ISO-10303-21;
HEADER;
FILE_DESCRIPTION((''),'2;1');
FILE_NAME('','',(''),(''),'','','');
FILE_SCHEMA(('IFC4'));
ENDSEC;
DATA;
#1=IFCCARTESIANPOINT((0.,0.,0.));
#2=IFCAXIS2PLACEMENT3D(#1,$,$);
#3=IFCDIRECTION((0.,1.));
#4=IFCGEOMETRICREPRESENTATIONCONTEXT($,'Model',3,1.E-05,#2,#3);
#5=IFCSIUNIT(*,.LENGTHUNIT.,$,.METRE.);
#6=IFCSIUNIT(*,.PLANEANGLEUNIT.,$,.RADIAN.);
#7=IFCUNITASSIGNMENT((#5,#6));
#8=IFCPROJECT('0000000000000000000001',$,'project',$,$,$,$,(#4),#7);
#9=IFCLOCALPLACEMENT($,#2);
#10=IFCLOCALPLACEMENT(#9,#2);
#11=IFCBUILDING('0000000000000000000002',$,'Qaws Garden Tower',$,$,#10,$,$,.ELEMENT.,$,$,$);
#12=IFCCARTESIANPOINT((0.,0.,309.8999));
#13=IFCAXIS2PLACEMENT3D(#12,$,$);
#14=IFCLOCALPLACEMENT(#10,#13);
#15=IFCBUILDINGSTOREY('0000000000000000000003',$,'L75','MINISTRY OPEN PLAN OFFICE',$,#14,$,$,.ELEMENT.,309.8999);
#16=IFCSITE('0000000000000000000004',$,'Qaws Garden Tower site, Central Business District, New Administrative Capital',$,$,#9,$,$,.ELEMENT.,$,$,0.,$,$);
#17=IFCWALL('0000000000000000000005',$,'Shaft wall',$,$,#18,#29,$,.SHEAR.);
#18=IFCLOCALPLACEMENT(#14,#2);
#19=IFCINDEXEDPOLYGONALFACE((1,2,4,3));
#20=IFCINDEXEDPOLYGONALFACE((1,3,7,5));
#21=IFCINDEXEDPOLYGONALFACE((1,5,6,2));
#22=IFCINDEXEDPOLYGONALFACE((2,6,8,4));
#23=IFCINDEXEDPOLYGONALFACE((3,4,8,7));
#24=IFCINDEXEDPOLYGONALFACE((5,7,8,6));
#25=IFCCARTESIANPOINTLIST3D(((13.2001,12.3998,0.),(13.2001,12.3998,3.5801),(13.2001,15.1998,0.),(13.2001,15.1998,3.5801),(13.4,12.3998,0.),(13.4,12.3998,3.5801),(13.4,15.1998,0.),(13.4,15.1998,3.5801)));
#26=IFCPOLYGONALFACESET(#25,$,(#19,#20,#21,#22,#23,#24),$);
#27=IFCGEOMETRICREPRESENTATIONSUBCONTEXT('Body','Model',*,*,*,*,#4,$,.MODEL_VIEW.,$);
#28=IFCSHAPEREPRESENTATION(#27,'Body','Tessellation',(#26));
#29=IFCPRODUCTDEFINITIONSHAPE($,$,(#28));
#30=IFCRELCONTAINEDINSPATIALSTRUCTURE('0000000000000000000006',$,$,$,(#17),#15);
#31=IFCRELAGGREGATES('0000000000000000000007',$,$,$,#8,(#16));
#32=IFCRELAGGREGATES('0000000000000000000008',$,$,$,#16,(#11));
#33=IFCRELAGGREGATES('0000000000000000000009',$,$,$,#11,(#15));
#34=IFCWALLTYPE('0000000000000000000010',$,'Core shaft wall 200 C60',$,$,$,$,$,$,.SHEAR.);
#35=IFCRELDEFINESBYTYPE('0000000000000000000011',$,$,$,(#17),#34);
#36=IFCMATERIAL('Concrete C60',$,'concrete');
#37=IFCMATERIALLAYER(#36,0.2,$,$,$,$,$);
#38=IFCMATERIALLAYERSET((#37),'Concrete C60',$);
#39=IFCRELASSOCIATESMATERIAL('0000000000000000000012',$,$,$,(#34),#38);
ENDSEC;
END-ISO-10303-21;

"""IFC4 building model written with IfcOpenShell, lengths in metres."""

from ifc_helpers import new_model, si_unit, direction, frame, frame_2d, origin, place, context, subcontext, project, spatial, rectangle, extrude, material, layer, layer_set, type_object, element, save


model = new_model("IFC4")

# Units and contexts
model_context = context("Model", 3, precision=1e-05, world=origin(), true_north=direction((0.0, 1.0)))
body_context = subcontext(model_context, "Body", "Model", "MODEL_VIEW")
ifc_project = project(units=[si_unit("LENGTHUNIT", "METRE"), si_unit("PLANEANGLEUNIT", "RADIAN")], contexts=[model_context])

# Site, building, storey
site_placement = place(None, origin())
site = spatial("IfcSite", under=ifc_project, at=site_placement, Name="Qaws Garden Tower site, Central Business District, New Administrative Capital", CompositionType="ELEMENT", RefElevation=0.0)
building_placement = place(site_placement, origin())
building = spatial("IfcBuilding", under=site, at=building_placement, Name="Qaws Garden Tower", CompositionType="ELEMENT")
storey_placement = place(building_placement, frame((0.0, 0.0, 309.8999)))
storey = spatial("IfcBuildingStorey", under=building, at=storey_placement, Name="L75", Description="MINISTRY OPEN PLAN OFFICE", CompositionType="ELEMENT", Elevation=309.8999)

# Shared definitions
ifc_material_1 = material(Name="Concrete C60", Category="concrete")
ifc_layer_1 = layer(ifc_material_1, 0.2)
ifc_layer_set_1 = layer_set([ifc_layer_1], Name="Concrete C60")
wall_type_1 = type_object("IfcWallType", Name="Core shaft wall 200 C60", PredefinedType="SHEAR", material=ifc_layer_set_1)

# Wall
wall_1_placement = place(storey_placement, frame((13.3, 12.3999, 0.0), z_axis=(0.0, 0.0, 1.0), x_axis=(0.0, 1.0, 0.0)))
element("IfcWall", 1, at=wall_1_placement, inside=storey, type_object=wall_type_1, Name="Shaft wall", PredefinedType="SHEAR", context=body_context, shape_type="SweptSolid", body=[
    extrude(rectangle(XDim=2.8, YDim=0.2, at=frame_2d((1.3999, 0.0))), origin(), (0.0, 0.0, 1.0), 3.5801),
])

save(model, "model.ifc")
